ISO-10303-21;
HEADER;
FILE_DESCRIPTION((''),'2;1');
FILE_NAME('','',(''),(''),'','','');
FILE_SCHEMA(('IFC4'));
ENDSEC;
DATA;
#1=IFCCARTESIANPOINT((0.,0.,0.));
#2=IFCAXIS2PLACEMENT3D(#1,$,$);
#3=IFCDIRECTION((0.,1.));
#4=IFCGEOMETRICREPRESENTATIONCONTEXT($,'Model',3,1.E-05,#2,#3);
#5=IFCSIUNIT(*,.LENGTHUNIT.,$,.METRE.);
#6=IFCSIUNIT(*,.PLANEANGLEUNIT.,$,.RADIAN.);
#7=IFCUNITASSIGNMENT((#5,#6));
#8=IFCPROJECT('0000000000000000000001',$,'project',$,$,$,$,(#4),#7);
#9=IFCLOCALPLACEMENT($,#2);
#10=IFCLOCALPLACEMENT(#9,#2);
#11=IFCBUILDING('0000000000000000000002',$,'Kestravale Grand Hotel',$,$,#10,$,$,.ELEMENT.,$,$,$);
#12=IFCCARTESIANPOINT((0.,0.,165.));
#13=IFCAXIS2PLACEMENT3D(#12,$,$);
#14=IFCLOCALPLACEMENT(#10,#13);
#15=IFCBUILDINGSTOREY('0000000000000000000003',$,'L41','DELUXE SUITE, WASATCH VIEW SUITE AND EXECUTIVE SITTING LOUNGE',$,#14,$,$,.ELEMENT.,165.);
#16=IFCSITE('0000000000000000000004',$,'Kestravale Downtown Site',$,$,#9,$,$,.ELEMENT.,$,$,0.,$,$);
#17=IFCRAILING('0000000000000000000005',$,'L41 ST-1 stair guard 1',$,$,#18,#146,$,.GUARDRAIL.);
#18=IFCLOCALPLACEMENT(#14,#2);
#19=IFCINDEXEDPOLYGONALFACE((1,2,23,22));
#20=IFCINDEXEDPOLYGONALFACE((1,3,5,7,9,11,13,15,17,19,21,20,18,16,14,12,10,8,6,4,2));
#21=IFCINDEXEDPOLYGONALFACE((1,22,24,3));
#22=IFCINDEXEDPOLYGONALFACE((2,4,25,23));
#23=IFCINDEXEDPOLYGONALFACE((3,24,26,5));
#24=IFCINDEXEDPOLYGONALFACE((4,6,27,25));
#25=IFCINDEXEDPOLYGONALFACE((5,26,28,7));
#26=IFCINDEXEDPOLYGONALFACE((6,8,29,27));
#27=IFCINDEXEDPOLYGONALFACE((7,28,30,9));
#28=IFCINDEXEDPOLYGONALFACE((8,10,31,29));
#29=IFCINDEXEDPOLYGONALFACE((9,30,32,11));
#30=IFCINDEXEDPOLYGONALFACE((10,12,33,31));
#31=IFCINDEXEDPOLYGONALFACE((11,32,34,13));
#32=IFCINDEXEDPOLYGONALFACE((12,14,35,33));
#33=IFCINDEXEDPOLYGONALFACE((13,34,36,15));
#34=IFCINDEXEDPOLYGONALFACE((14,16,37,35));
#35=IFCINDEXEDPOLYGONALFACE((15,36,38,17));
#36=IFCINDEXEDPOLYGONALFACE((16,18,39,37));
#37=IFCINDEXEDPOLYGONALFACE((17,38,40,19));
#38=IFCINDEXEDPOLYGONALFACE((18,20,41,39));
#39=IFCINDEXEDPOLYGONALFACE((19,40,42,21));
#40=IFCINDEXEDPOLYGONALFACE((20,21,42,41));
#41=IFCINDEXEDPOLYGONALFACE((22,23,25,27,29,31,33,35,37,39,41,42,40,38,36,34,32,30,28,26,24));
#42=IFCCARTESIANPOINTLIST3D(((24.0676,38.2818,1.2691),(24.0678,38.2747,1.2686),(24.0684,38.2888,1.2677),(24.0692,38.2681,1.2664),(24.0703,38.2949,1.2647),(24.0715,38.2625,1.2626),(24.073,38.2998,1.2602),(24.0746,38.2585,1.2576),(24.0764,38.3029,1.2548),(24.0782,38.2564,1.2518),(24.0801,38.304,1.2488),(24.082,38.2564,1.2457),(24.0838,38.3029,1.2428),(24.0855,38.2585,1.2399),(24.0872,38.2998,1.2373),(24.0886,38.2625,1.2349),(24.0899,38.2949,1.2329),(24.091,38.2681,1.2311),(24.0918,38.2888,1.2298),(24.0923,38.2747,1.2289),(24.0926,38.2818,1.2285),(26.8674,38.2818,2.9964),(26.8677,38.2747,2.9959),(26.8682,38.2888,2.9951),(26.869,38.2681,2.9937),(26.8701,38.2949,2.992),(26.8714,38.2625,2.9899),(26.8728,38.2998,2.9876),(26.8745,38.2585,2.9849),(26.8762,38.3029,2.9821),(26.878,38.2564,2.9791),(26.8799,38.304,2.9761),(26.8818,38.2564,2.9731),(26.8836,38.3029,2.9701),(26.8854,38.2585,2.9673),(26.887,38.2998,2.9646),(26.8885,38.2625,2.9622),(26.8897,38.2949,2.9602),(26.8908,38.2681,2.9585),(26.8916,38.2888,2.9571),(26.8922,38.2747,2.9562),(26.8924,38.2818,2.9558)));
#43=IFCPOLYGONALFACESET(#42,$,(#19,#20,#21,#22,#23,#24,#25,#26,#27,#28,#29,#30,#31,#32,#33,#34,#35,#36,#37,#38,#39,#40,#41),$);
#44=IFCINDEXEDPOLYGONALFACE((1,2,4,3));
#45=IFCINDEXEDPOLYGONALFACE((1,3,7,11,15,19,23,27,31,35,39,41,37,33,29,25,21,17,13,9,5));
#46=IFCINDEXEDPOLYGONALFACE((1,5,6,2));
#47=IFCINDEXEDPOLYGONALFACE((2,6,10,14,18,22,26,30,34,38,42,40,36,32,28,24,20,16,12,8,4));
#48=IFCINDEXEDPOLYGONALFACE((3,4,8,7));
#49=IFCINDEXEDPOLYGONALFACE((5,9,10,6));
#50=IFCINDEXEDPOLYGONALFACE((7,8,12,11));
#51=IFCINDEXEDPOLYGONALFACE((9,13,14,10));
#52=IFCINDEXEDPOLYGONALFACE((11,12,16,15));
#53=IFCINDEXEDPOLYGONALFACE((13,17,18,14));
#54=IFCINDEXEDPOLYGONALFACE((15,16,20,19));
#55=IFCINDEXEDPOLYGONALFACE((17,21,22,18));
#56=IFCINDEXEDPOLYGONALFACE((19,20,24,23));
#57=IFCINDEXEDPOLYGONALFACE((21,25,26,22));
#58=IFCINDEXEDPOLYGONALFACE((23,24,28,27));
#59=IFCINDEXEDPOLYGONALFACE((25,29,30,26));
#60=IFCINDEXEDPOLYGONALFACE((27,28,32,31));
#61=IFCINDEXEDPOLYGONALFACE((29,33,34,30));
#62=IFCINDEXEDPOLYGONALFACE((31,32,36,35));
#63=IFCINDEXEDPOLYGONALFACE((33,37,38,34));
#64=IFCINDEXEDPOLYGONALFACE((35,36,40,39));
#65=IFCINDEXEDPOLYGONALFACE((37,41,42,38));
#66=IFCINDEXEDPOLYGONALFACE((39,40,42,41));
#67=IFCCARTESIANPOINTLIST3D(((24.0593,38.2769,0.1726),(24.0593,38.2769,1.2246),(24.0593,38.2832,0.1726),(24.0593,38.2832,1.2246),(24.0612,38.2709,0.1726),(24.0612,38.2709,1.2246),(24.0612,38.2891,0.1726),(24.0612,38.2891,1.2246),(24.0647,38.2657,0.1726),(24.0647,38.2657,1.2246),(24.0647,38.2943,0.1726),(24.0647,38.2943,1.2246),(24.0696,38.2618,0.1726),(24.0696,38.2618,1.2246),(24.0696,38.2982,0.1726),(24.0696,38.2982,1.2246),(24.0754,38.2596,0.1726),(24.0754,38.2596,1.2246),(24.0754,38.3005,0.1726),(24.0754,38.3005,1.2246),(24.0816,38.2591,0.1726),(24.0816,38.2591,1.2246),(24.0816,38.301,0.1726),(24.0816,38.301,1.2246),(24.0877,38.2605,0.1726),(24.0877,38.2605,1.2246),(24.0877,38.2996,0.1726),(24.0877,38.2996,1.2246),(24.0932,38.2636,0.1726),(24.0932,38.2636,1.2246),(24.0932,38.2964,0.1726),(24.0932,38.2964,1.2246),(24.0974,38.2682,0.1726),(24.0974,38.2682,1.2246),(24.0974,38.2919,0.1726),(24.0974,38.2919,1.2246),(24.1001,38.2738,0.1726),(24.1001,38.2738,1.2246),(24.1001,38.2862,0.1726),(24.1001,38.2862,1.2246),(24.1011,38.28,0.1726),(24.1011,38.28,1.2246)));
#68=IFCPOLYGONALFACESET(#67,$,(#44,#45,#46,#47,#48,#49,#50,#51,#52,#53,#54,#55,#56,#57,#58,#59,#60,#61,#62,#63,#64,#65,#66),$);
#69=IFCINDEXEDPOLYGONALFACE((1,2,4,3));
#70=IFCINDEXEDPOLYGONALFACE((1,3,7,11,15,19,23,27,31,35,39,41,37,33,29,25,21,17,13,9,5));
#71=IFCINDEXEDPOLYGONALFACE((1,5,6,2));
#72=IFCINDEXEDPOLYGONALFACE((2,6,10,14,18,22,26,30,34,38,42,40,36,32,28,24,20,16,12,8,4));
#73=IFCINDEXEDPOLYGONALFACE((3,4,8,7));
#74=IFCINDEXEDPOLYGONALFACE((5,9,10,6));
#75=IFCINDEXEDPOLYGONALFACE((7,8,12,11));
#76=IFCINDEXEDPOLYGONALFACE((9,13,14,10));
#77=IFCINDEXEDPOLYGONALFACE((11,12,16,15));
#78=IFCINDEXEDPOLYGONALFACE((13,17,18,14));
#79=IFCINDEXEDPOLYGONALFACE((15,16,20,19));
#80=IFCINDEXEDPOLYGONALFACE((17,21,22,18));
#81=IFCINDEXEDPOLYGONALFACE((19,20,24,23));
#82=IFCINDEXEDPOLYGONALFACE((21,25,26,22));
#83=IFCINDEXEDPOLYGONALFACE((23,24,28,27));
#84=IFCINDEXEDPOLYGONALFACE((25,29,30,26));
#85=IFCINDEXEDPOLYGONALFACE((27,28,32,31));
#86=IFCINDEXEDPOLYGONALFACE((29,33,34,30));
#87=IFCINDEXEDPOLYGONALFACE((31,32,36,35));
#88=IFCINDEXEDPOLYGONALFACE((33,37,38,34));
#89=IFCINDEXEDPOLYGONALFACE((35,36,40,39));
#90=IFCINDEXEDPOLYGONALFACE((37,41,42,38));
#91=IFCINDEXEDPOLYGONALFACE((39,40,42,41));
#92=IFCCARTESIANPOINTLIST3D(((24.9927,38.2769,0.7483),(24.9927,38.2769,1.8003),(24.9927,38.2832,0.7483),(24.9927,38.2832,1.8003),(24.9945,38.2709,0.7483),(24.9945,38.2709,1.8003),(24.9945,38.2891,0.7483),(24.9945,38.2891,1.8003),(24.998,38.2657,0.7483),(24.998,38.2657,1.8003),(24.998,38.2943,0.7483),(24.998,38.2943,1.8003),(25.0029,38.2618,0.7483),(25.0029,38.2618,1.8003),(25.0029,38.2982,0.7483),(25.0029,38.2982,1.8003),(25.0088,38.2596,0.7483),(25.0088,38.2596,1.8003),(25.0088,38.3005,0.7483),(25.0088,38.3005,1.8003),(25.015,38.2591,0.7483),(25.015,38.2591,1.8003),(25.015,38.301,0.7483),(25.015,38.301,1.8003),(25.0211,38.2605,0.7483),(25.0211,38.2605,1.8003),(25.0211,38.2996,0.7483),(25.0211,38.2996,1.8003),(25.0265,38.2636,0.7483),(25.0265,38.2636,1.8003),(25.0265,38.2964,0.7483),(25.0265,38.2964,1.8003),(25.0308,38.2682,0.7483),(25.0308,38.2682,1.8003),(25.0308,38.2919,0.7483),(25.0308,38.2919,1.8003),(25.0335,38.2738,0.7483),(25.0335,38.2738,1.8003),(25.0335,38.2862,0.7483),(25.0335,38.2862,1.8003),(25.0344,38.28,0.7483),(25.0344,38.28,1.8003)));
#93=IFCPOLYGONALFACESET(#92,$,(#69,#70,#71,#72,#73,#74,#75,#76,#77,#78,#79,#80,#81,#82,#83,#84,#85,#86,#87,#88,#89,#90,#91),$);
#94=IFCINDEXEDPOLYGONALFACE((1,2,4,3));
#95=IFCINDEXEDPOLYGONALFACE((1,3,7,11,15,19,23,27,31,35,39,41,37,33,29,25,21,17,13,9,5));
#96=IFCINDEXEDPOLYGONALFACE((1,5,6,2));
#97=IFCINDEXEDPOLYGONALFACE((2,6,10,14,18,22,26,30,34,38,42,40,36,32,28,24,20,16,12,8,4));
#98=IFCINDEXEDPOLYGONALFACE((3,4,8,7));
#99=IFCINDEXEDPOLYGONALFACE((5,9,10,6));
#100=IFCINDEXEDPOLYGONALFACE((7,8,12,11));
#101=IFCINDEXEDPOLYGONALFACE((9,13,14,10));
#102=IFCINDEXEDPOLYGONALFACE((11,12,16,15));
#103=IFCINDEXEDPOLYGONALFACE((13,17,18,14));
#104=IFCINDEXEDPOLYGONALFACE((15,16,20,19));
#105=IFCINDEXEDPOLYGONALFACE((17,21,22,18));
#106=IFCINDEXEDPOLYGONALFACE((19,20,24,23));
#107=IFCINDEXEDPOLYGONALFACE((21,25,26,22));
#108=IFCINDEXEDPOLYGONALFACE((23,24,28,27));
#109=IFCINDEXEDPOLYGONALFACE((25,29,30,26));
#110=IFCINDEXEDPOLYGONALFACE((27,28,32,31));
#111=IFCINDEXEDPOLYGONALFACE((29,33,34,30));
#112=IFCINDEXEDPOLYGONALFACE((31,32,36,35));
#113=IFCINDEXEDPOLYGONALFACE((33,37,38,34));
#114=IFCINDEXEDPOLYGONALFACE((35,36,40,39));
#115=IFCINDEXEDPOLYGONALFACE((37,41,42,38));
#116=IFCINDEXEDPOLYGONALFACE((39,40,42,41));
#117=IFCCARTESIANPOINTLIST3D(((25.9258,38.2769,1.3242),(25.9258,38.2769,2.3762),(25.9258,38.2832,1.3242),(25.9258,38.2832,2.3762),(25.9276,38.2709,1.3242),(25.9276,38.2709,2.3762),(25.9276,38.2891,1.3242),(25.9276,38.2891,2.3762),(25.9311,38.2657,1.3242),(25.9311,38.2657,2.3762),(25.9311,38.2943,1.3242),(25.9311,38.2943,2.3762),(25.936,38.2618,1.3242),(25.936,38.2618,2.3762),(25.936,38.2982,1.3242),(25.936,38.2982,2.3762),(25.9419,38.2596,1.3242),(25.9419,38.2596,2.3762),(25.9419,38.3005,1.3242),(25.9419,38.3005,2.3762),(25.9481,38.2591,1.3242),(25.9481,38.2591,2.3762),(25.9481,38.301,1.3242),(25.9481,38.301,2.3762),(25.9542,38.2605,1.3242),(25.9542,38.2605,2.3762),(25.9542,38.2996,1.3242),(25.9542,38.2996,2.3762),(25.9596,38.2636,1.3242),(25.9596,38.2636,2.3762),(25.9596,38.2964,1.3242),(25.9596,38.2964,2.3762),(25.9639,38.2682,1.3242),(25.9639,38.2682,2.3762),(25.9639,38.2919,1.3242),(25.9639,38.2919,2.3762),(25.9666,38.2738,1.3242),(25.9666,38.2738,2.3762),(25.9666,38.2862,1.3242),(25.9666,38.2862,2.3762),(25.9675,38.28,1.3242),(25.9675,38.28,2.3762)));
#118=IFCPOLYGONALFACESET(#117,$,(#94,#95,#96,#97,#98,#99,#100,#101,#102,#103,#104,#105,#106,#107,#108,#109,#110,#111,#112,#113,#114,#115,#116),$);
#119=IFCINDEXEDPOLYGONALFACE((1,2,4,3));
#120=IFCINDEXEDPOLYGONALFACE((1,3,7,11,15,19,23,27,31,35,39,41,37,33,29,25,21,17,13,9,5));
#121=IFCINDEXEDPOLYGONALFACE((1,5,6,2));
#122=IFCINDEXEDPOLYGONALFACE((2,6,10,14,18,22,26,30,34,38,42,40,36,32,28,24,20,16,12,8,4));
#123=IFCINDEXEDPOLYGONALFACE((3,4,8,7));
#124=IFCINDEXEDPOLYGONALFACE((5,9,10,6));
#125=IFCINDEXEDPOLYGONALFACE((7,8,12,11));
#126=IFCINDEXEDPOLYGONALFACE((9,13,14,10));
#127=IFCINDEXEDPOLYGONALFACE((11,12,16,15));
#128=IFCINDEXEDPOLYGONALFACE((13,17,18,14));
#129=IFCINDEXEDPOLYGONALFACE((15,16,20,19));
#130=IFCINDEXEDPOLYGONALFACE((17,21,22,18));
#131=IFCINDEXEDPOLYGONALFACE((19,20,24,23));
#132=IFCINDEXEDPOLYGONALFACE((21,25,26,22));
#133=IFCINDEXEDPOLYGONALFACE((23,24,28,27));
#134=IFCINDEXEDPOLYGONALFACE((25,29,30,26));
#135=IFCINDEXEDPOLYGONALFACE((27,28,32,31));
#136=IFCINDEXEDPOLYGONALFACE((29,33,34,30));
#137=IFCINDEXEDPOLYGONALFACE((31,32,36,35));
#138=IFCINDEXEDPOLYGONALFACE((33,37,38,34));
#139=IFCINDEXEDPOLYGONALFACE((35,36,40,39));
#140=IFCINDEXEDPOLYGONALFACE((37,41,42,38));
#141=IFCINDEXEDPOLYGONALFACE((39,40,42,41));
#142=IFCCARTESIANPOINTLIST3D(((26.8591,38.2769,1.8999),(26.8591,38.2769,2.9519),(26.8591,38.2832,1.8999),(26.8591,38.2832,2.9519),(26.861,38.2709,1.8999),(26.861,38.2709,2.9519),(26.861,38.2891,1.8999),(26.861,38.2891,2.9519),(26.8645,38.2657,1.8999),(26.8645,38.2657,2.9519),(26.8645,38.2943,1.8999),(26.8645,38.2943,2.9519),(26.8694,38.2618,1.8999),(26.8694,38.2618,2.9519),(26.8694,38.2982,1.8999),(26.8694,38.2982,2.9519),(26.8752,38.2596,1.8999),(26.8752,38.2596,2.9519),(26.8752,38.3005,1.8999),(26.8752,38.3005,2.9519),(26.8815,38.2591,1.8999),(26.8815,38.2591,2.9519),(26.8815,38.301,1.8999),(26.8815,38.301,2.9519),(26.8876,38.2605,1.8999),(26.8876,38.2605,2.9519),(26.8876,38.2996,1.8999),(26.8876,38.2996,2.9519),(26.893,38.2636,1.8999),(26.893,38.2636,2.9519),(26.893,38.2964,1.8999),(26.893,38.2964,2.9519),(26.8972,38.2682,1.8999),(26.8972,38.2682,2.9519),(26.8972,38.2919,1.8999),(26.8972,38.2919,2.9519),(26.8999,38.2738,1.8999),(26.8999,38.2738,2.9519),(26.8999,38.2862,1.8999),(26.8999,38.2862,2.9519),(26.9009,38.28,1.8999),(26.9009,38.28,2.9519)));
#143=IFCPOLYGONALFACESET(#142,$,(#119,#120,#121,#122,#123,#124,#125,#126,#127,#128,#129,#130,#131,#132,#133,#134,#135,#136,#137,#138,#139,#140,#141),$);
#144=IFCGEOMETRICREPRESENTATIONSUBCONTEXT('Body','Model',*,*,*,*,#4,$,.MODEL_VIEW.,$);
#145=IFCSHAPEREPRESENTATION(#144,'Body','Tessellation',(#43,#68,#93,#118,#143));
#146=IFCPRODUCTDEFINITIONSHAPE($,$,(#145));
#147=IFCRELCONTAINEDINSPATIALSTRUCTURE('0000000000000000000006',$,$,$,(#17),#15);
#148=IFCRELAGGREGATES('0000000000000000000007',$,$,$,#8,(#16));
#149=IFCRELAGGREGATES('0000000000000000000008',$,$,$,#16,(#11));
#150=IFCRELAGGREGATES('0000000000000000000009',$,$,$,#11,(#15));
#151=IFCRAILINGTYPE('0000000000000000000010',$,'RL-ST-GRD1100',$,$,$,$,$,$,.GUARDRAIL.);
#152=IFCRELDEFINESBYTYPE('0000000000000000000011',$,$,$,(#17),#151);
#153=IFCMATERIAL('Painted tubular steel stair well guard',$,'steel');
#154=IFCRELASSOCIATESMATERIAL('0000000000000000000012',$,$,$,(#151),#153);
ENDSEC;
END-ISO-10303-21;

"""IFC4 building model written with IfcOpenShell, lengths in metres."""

from ifc_helpers import new_model, si_unit, direction, frame, origin, origin_2d, place, context, subcontext, project, spatial, circle, extrude, material, type_object, element, save


model = new_model("IFC4")

# Units and contexts
model_context = context("Model", 3, precision=1e-05, world=origin(), true_north=direction((0.0, 1.0)))
body_context = subcontext(model_context, "Body", "Model", "MODEL_VIEW")
ifc_project = project(units=[si_unit("LENGTHUNIT", "METRE"), si_unit("PLANEANGLEUNIT", "RADIAN")], contexts=[model_context])

# Site, building, storey
site_placement = place(None, origin())
site = spatial("IfcSite", under=ifc_project, at=site_placement, Name="Kestravale Downtown Site", CompositionType="ELEMENT", RefElevation=0.0)
building_placement = place(site_placement, origin())
building = spatial("IfcBuilding", under=site, at=building_placement, Name="Kestravale Grand Hotel", CompositionType="ELEMENT")
storey_placement = place(building_placement, frame((0.0, 0.0, 165.0)))
storey = spatial("IfcBuildingStorey", under=building, at=storey_placement, Name="L41", Description="DELUXE SUITE, WASATCH VIEW SUITE AND EXECUTIVE SITTING LOUNGE", CompositionType="ELEMENT", Elevation=165.0)

# Railing
ifc_material_1 = material(Name="Painted tubular steel stair well guard", Category="steel")
railing_type_1 = type_object("IfcRailingType", Name="RL-ST-GRD1100", PredefinedType="GUARDRAIL", material=ifc_material_1)
railing_1_placement = place(storey_placement, frame((24.0801, 38.28, 0.1726)))
element("IfcRailing", 1, at=railing_1_placement, inside=storey, type_object=railing_type_1, Name="L41 ST-1 stair guard 1", PredefinedType="GUARDRAIL", context=body_context, shape_type="SweptSolid", body=[
    extrude(circle(Radius=0.0239, at=origin_2d()), frame((0.0, 0.0, 1.0762), z_axis=(0.851069, 0.0, 0.525054), x_axis=(0.0, 1.0, 0.0)), (0.0, 0.0, 1.0), 3.2898),
    extrude(circle(Radius=0.021, at=origin_2d()), origin(), (0.0, 0.0, 1.0), 1.052),
    extrude(circle(Radius=0.021, at=origin_2d()), frame((0.9333, 0.0, 0.5757)), (0.0, 0.0, 1.0), 1.052),
    extrude(circle(Radius=0.021, at=origin_2d()), frame((1.8665, 0.0, 1.1516)), (0.0, 0.0, 1.0), 1.052),
    extrude(circle(Radius=0.021, at=origin_2d()), frame((2.7998, 0.0, 1.7273)), (0.0, 0.0, 1.0), 1.052),
])

save(model, "model.ifc")
